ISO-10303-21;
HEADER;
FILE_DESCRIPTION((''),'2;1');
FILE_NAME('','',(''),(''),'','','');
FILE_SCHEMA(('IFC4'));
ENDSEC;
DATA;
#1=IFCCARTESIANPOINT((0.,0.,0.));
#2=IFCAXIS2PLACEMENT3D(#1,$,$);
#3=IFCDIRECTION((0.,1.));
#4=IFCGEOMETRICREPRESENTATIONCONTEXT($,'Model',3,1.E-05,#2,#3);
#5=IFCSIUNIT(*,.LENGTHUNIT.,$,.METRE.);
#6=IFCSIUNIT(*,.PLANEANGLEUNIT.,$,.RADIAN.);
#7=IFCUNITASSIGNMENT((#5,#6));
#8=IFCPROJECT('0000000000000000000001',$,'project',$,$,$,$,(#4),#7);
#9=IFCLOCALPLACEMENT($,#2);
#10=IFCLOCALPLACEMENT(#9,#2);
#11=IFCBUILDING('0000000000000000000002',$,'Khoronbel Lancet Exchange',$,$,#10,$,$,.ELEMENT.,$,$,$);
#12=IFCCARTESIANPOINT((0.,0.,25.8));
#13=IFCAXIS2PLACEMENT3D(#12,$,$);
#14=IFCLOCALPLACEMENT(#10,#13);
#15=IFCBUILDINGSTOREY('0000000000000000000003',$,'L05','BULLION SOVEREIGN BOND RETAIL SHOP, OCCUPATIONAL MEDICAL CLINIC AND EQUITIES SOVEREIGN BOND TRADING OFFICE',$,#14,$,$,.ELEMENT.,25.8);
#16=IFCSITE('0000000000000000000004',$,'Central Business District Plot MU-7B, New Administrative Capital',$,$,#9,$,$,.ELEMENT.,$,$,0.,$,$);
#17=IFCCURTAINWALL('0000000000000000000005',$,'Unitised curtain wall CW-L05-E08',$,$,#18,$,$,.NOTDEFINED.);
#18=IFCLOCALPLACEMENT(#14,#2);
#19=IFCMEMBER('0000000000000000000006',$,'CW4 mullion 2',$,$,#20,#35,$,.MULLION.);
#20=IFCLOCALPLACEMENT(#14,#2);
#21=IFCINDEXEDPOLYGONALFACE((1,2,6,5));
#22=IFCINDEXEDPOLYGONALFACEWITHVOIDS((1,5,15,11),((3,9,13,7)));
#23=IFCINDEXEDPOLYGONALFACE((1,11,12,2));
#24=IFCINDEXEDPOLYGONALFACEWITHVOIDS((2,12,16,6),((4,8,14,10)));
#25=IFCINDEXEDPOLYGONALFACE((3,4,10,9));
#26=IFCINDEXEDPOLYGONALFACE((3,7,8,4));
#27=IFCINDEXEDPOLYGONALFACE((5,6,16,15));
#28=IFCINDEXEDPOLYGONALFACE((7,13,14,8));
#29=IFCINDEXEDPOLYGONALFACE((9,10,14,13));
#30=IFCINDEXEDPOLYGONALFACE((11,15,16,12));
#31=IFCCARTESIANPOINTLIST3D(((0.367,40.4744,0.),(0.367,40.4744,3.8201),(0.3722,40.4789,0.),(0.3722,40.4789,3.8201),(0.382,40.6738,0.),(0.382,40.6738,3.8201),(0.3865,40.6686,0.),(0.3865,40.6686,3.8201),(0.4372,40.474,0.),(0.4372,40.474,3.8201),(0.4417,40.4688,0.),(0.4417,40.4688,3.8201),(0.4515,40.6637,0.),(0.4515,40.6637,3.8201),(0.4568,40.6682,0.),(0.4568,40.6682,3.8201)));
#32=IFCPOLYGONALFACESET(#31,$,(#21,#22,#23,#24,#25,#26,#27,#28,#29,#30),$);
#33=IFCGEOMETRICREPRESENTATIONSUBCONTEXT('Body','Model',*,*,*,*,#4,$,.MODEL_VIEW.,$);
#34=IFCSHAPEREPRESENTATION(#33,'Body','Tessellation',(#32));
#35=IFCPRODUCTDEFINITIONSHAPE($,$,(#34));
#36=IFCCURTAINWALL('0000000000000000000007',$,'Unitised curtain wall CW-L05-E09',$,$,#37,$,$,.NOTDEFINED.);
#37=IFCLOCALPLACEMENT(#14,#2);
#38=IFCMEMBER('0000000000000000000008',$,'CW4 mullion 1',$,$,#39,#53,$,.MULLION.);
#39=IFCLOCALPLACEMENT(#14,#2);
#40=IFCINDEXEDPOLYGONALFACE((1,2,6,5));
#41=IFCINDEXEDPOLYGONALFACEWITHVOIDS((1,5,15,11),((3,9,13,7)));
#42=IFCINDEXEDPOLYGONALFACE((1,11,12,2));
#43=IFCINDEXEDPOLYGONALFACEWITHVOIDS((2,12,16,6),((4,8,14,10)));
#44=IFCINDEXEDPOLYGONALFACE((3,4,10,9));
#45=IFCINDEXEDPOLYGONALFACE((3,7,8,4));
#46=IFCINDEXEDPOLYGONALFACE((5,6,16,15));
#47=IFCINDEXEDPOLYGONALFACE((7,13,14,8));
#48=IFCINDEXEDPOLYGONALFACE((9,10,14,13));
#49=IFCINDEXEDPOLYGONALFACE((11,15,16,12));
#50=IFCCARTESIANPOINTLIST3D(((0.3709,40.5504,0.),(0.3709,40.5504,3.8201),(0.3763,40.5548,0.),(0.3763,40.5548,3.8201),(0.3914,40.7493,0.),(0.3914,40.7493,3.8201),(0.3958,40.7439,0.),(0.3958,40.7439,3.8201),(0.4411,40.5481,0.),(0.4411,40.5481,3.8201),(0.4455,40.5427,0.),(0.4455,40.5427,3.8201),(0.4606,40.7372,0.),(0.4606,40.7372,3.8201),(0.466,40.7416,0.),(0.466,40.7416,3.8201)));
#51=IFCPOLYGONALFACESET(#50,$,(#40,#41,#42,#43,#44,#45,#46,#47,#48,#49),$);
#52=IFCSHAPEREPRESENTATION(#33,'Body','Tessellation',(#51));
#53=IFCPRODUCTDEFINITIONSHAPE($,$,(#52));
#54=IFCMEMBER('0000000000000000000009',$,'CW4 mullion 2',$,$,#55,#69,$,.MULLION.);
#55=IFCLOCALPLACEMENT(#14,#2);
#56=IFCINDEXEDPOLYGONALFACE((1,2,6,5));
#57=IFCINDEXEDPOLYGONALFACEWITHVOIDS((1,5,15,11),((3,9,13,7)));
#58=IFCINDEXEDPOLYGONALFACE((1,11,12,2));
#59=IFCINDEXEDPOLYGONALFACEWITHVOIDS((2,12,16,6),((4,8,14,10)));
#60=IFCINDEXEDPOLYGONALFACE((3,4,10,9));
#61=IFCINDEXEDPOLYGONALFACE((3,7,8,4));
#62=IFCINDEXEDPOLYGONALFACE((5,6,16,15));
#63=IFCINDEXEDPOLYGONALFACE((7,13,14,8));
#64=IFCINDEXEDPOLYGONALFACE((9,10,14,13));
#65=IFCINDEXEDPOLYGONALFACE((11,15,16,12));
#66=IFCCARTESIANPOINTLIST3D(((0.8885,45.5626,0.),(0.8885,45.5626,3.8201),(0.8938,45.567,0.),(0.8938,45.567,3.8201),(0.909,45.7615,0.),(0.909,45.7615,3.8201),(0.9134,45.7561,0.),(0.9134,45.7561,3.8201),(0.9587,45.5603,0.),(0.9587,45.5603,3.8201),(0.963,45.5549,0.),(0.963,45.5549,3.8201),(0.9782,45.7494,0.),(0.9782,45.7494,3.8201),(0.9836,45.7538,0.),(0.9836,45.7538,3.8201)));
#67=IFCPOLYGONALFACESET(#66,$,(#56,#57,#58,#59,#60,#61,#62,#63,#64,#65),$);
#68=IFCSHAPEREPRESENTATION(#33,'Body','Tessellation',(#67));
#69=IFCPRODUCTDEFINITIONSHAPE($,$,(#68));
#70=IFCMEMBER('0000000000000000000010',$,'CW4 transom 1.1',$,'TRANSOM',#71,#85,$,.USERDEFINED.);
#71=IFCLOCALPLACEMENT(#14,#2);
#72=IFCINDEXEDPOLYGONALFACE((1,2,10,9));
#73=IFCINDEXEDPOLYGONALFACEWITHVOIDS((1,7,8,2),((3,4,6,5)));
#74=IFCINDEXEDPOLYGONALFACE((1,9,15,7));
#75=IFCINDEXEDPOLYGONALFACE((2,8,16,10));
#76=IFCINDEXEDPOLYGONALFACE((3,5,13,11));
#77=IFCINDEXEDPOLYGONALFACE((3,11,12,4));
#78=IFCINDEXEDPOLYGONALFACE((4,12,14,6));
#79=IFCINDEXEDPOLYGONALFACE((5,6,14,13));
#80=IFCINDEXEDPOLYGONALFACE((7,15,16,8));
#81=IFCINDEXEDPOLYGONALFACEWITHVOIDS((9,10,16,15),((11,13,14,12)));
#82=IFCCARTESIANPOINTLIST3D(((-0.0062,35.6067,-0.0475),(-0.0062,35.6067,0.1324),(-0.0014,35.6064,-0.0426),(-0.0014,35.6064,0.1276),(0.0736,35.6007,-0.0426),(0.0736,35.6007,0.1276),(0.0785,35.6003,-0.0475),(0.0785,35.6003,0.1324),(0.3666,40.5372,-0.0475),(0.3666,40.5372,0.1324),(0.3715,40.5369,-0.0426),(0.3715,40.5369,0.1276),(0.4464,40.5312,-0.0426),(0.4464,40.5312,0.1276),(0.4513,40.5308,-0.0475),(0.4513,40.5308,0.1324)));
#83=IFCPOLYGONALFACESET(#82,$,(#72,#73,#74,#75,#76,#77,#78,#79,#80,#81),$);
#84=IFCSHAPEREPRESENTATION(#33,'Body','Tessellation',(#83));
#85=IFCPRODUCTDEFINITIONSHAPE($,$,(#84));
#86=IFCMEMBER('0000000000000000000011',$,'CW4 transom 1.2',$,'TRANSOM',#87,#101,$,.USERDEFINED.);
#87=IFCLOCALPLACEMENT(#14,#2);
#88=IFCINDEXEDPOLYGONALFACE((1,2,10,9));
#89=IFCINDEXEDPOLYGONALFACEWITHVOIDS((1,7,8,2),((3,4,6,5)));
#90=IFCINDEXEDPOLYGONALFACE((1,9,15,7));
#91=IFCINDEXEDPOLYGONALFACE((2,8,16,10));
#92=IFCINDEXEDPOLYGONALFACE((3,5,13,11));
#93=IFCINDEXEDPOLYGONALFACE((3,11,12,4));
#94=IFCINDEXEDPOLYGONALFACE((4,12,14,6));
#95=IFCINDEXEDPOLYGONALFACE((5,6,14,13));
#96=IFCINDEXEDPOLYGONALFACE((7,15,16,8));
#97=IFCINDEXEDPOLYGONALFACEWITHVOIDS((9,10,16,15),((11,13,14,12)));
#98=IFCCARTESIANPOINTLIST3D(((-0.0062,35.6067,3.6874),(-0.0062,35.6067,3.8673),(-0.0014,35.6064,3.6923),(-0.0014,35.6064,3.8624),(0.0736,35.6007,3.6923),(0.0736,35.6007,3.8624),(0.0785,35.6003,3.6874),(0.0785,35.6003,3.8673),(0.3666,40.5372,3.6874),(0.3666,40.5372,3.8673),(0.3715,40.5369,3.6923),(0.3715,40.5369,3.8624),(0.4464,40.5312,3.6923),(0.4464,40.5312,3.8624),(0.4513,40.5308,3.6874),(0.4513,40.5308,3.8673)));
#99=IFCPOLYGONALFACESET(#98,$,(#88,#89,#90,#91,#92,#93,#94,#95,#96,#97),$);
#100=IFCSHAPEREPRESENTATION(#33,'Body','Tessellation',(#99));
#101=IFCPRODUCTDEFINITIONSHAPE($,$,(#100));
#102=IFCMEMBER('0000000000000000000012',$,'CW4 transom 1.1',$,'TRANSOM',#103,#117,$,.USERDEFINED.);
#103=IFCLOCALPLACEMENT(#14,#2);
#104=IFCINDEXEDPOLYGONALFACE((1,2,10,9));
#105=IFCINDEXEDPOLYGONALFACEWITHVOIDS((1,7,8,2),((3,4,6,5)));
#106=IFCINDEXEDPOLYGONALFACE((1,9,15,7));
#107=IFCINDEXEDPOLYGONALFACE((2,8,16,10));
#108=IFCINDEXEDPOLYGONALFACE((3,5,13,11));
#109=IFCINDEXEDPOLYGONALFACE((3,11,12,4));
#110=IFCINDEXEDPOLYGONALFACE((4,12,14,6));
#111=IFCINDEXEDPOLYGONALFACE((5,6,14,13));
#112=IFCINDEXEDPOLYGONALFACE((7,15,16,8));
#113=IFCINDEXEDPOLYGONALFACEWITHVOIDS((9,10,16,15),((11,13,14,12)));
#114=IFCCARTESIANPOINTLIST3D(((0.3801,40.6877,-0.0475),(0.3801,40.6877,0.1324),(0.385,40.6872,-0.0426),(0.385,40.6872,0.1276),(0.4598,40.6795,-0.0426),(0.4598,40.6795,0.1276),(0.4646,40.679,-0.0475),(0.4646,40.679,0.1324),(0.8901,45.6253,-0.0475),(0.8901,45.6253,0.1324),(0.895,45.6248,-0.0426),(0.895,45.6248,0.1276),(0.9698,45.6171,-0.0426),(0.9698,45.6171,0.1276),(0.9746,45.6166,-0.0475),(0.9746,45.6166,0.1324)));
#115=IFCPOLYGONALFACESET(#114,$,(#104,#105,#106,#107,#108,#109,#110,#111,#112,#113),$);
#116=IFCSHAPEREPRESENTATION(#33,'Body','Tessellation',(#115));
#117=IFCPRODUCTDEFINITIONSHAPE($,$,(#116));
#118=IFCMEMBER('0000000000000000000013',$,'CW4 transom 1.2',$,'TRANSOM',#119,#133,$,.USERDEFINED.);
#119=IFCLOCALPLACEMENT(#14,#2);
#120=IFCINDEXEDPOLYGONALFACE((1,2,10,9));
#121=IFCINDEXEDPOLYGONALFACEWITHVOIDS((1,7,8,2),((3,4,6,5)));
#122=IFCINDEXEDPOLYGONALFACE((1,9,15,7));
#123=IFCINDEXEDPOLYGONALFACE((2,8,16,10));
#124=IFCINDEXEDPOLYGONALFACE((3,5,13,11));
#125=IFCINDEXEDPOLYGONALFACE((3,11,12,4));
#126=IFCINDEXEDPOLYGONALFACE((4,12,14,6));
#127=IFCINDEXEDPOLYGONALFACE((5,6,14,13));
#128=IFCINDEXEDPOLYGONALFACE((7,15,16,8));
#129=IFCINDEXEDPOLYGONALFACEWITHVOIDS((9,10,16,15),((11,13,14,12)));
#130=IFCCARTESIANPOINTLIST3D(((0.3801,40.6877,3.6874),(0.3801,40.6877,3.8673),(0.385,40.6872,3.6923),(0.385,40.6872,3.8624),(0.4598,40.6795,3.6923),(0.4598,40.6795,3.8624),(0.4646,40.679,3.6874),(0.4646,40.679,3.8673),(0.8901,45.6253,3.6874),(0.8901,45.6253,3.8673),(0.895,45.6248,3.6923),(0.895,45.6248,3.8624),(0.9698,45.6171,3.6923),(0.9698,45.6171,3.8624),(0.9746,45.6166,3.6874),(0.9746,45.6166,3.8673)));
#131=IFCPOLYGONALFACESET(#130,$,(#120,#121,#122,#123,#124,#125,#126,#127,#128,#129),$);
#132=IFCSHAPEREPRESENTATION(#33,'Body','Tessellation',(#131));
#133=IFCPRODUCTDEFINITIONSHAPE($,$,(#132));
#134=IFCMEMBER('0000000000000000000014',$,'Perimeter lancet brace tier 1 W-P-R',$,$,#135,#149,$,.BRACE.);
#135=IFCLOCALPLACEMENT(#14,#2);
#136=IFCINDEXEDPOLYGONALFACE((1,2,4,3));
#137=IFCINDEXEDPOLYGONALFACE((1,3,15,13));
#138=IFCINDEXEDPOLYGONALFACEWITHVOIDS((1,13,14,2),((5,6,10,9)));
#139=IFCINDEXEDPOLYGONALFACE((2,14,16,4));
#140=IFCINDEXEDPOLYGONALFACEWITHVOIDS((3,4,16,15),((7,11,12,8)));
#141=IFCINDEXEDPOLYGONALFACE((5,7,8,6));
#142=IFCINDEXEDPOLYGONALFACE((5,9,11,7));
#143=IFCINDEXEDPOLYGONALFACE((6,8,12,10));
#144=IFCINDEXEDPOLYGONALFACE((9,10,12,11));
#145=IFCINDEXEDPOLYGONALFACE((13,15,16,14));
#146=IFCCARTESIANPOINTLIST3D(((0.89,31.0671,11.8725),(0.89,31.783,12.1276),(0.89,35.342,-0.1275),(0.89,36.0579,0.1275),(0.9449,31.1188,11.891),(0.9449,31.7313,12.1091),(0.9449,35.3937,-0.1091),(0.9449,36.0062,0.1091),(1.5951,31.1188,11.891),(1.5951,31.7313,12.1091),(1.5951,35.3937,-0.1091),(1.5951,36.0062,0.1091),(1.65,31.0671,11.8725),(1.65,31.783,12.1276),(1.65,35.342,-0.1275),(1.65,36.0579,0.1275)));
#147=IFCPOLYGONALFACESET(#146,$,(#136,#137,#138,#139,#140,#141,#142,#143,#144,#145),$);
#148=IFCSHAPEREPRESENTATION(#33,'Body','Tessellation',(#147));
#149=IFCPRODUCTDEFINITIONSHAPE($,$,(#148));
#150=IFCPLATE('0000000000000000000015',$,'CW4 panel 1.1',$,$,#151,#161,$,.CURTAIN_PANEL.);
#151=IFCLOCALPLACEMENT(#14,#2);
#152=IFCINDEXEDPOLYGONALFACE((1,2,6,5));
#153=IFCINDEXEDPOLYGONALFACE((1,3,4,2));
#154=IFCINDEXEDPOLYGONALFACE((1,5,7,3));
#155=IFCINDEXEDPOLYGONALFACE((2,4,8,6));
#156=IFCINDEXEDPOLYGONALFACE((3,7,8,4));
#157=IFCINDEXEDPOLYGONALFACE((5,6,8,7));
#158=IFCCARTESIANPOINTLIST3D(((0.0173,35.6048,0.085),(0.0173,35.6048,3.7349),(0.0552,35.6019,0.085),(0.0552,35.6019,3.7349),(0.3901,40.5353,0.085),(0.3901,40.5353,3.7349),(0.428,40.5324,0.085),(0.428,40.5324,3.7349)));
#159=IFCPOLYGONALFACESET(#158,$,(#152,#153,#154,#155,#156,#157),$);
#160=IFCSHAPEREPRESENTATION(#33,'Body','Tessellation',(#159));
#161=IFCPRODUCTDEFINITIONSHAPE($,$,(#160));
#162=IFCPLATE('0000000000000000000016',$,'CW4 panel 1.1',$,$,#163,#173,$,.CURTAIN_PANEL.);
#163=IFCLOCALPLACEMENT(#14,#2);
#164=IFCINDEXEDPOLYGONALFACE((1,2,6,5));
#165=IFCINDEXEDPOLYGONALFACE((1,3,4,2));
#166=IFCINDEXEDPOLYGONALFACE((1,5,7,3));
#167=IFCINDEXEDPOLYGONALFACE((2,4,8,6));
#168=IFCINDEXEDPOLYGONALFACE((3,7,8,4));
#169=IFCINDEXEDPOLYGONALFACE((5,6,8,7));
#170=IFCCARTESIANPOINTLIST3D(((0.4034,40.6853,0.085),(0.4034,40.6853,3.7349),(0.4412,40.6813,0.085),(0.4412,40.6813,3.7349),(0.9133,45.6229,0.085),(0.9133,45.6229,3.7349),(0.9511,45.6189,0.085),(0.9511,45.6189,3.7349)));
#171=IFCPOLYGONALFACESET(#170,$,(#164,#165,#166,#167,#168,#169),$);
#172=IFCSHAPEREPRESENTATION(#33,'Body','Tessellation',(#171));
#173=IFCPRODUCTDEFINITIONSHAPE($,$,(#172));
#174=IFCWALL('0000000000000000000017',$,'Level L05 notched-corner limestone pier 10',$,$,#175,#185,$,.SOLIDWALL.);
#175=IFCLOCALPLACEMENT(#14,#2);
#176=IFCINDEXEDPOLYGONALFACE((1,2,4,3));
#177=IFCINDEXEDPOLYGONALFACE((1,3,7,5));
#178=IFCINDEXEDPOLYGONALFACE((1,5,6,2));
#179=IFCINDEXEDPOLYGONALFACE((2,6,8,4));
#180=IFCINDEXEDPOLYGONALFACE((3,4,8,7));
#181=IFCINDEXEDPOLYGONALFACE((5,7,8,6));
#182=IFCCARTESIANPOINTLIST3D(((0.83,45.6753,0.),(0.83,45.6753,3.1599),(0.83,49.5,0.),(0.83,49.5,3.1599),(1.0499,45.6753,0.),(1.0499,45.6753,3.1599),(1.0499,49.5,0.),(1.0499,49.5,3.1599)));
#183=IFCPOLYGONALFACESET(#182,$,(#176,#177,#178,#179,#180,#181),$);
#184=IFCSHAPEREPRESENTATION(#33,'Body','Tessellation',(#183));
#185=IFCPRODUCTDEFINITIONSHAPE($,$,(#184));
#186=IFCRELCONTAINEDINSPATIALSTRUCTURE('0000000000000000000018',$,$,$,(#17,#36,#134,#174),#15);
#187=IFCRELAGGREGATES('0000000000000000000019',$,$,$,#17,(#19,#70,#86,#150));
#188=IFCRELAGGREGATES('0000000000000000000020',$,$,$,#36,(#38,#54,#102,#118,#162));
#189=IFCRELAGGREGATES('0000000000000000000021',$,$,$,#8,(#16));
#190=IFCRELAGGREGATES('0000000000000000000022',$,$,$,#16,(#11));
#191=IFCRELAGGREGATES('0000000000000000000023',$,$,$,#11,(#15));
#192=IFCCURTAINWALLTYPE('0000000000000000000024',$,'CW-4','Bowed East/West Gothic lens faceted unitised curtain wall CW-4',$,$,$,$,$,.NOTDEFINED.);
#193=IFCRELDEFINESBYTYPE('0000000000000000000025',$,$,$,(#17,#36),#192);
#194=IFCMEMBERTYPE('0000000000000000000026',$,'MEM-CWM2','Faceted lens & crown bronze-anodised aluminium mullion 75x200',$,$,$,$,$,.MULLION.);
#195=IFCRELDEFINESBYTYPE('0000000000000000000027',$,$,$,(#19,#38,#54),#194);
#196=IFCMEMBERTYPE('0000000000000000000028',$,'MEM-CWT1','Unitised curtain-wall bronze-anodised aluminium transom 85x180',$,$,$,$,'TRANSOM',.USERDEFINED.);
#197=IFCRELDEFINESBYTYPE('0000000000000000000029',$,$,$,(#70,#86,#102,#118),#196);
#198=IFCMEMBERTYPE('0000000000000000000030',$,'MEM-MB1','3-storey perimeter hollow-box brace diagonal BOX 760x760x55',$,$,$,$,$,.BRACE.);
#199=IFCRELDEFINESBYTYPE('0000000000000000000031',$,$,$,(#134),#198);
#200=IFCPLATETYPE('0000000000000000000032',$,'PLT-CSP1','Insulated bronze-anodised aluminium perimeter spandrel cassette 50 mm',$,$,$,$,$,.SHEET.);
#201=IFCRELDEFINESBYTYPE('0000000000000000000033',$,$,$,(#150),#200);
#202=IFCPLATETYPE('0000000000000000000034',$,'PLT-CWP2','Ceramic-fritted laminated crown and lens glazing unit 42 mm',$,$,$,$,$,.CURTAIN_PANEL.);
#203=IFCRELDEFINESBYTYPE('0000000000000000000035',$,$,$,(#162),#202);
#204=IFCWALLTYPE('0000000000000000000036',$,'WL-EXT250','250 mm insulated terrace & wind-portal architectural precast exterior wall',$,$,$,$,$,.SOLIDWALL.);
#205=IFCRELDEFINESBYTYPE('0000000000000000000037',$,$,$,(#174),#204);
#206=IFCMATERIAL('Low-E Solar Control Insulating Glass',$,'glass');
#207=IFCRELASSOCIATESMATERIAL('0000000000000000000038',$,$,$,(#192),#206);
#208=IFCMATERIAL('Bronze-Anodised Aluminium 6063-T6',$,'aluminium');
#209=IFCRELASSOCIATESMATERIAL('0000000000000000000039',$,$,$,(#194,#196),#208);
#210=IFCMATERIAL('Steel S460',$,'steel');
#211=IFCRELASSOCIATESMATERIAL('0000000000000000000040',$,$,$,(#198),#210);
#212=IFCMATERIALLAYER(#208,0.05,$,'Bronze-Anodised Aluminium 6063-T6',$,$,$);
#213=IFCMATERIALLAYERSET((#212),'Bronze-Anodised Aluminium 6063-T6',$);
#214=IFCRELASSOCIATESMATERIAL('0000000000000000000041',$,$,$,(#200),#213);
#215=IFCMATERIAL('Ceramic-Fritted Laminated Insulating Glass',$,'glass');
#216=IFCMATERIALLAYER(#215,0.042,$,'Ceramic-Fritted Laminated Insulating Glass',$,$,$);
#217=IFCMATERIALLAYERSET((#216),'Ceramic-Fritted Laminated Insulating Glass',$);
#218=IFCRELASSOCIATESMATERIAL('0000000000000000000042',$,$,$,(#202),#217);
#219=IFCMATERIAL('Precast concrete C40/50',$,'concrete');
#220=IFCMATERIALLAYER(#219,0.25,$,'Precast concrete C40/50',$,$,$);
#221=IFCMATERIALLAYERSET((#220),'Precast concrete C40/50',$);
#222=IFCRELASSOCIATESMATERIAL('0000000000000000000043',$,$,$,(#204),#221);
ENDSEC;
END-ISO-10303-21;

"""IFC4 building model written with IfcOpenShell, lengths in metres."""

from ifc_helpers import new_model, si_unit, direction, frame, frame_2d, origin, origin_2d, place, context, subcontext, project, spatial, rectangle, hollow_rectangle, extrude, material, layer, layer_set, material_profile, profile_set, type_object, element, aggregate, save


model = new_model("IFC4")

# Units and contexts
model_context = context("Model", 3, precision=1e-05, world=origin(), true_north=direction((0.0, 1.0)))
body_context = subcontext(model_context, "Body", "Model", "MODEL_VIEW")
ifc_project = project(units=[si_unit("LENGTHUNIT", "METRE"), si_unit("PLANEANGLEUNIT", "RADIAN")], contexts=[model_context])

# Site, building, storey
site_placement = place(None, origin())
site = spatial("IfcSite", under=ifc_project, at=site_placement, Name="Central Business District Plot MU-7B, New Administrative Capital", CompositionType="ELEMENT", RefElevation=0.0)
building_placement = place(site_placement, origin())
building = spatial("IfcBuilding", under=site, at=building_placement, Name="Khoronbel Lancet Exchange", CompositionType="ELEMENT")
storey_placement = place(building_placement, frame((0.0, 0.0, 25.8)))
storey = spatial("IfcBuildingStorey", under=building, at=storey_placement, Name="L05", Description="BULLION SOVEREIGN BOND RETAIL SHOP, OCCUPATIONAL MEDICAL CLINIC AND EQUITIES SOVEREIGN BOND TRADING OFFICE", CompositionType="ELEMENT", Elevation=25.8)

# Shared definitions
ifc_material_1 = material(Name="Steel S460", Category="steel")

# Curtain wall, member
ifc_material_2 = material(Name="Low-E Solar Control Insulating Glass", Category="glass")
curtain_wall_type = type_object("IfcCurtainWallType", Name="CW-4", Description="Bowed East/West Gothic lens faceted unitised curtain wall CW-4", PredefinedType="NOTDEFINED", material=ifc_material_2)
curtain_wall_1_placement = place(storey_placement, origin())
curtain_wall_1 = element("IfcCurtainWall", 1, at=curtain_wall_1_placement, inside=storey, type_object=curtain_wall_type, Name="Unitised curtain wall CW-L05-E08", PredefinedType="NOTDEFINED")
ifc_material_3 = material(Name="Bronze-Anodised Aluminium 6063-T6", Category="aluminium")
ifc_material_profile_1 = material_profile(ifc_material_3, hollow_rectangle(XDim=0.075, YDim=0.2, WallThickness=0.0049, at=origin_2d()), Name="ALU MULLION 75x200")
ifc_profile_set_1 = profile_set([ifc_material_profile_1], Name="Bronze-Anodised Aluminium 6063-T6")
member_type_1 = type_object("IfcMemberType", Name="MEM-CWM2", Description="Faceted lens & crown bronze-anodised aluminium mullion 75x200", PredefinedType="MULLION", material=ifc_profile_set_1)
member_1_placement = place(storey_placement, frame((0.4119, 40.5713, 0.0), z_axis=(0.0, 0.0, 1.0), x_axis=(-0.997154, 0.075395, 0.0)))
member_1 = element("IfcMember", 2, at=member_1_placement, type_object=member_type_1, Name="CW4 mullion 2", PredefinedType="MULLION", context=body_context, shape_type="SweptSolid", body=[
    extrude(hollow_rectangle(XDim=0.075, YDim=0.2, WallThickness=0.0049, at=origin_2d()), origin(), (0.0, 0.0, 1.0), 3.8201),
])

# Curtain wall, members
curtain_wall_2_placement = place(storey_placement, origin())
curtain_wall_2 = element("IfcCurtainWall", 3, at=curtain_wall_2_placement, inside=storey, type_object=curtain_wall_type, Name="Unitised curtain wall CW-L05-E09", PredefinedType="NOTDEFINED")
member_2_placement = place(storey_placement, frame((0.4185, 40.646, 0.0), z_axis=(0.0, 0.0, 1.0), x_axis=(-0.99471, 0.102723, 0.0)))
member_2 = element("IfcMember", 4, at=member_2_placement, type_object=member_type_1, Name="CW4 mullion 1", PredefinedType="MULLION", context=body_context, shape_type="SweptSolid", body=[
    extrude(hollow_rectangle(XDim=0.075, YDim=0.2, WallThickness=0.0049, at=origin_2d()), origin(), (0.0, 0.0, 1.0), 3.8201),
])
member_3_placement = place(storey_placement, frame((0.936, 45.6582, 0.0), z_axis=(0.0, 0.0, 1.0), x_axis=(-0.99471, 0.102723, 0.0)))
member_3 = element("IfcMember", 5, at=member_3_placement, type_object=member_type_1, Name="CW4 mullion 2", PredefinedType="MULLION", context=body_context, shape_type="SweptSolid", body=[
    extrude(hollow_rectangle(XDim=0.075, YDim=0.2, WallThickness=0.0049, at=origin_2d()), origin(), (0.0, 0.0, 1.0), 3.8201),
])

# Members
ifc_material_profile_2 = material_profile(ifc_material_3, hollow_rectangle(XDim=0.085, YDim=0.1799, WallThickness=0.0049, at=origin_2d()), Name="ALU TRANSOM 85x180")
ifc_profile_set_2 = profile_set([ifc_material_profile_2], Name="Bronze-Anodised Aluminium 6063-T6")
member_type_2 = type_object("IfcMemberType", Name="MEM-CWT1", Description="Unitised curtain-wall bronze-anodised aluminium transom 85x180", ElementType="TRANSOM", PredefinedType="USERDEFINED", material=ifc_profile_set_2)
member_4_placement = place(storey_placement, frame((0.0361, 35.6035, 0.0425), z_axis=(0.075398, 0.997154, 0.0), x_axis=(-0.997154, 0.075398, 0.0)))
member_4 = element("IfcMember", 6, at=member_4_placement, type_object=member_type_2, Name="CW4 transom 1.1", ObjectType="TRANSOM", PredefinedType="USERDEFINED", context=body_context, shape_type="SweptSolid", body=[
    extrude(hollow_rectangle(XDim=0.085, YDim=0.1799, WallThickness=0.0049, at=origin_2d()), origin(), (0.0, 0.0, 1.0), 4.9446),
])
member_5_placement = place(storey_placement, frame((0.0361, 35.6035, 3.7773), z_axis=(0.075398, 0.997154, 0.0), x_axis=(-0.997154, 0.075398, 0.0)))
member_5 = element("IfcMember", 7, at=member_5_placement, type_object=member_type_2, Name="CW4 transom 1.2", ObjectType="TRANSOM", PredefinedType="USERDEFINED", context=body_context, shape_type="SweptSolid", body=[
    extrude(hollow_rectangle(XDim=0.085, YDim=0.1799, WallThickness=0.0049, at=origin_2d()), origin(), (0.0, 0.0, 1.0), 4.9446),
])
member_6_placement = place(storey_placement, frame((0.4224, 40.6833, 0.0425), z_axis=(0.102746, 0.994708, 0.0), x_axis=(-0.994708, 0.102746, 0.0)))
member_6 = element("IfcMember", 8, at=member_6_placement, type_object=member_type_2, Name="CW4 transom 1.1", ObjectType="TRANSOM", PredefinedType="USERDEFINED", context=body_context, shape_type="SweptSolid", body=[
    extrude(hollow_rectangle(XDim=0.085, YDim=0.1799, WallThickness=0.0049, at=origin_2d()), origin(), (0.0, 0.0, 1.0), 4.9639),
])
member_7_placement = place(storey_placement, frame((0.4224, 40.6833, 3.7773), z_axis=(0.102746, 0.994708, 0.0), x_axis=(-0.994708, 0.102746, 0.0)))
member_7 = element("IfcMember", 9, at=member_7_placement, type_object=member_type_2, Name="CW4 transom 1.2", ObjectType="TRANSOM", PredefinedType="USERDEFINED", context=body_context, shape_type="SweptSolid", body=[
    extrude(hollow_rectangle(XDim=0.085, YDim=0.1799, WallThickness=0.0049, at=origin_2d()), origin(), (0.0, 0.0, 1.0), 4.9639),
])
ifc_material_profile_3 = material_profile(ifc_material_1, hollow_rectangle(XDim=0.76, YDim=0.76, WallThickness=0.0549, at=origin_2d()), Name="BOX 760x760x55")
ifc_profile_set_3 = profile_set([ifc_material_profile_3], Name="Steel S460")
member_type_3 = type_object("IfcMemberType", Name="MEM-MB1", Description="3-storey perimeter hollow-box brace diagonal BOX 760x760x55", PredefinedType="BRACE", material=ifc_profile_set_3)
member_8_placement = place(storey_placement, frame((1.27, 35.7, 0.0), z_axis=(0.0, -0.335584, 0.94201), x_axis=(1.0, 0.0, 0.0)))
element("IfcMember", 10, at=member_8_placement, inside=storey, type_object=member_type_3, Name="Perimeter lancet brace tier 1 W-P-R", PredefinedType="BRACE", context=body_context, shape_type="SweptSolid", body=[
    extrude(hollow_rectangle(XDim=0.76, YDim=0.76, WallThickness=0.0549, at=origin_2d()), origin(), (0.0, 0.0, 1.0), 12.7388),
])

# Plates
ifc_layer_1 = layer(ifc_material_3, 0.05, Name="Bronze-Anodised Aluminium 6063-T6")
ifc_layer_set_1 = layer_set([ifc_layer_1], Name="Bronze-Anodised Aluminium 6063-T6")
plate_type_1 = type_object("IfcPlateType", Name="PLT-CSP1", Description="Insulated bronze-anodised aluminium perimeter spandrel cassette 50 mm", PredefinedType="SHEET", material=ifc_layer_set_1)
plate_1_placement = place(storey_placement, frame((0.2227, 38.0686, 0.085), z_axis=(0.0, 0.0, 1.0), x_axis=(0.075395, 0.997154, 0.0)))
plate_1 = element("IfcPlate", 11, at=plate_1_placement, type_object=plate_type_1, Name="CW4 panel 1.1", PredefinedType="CURTAIN_PANEL", context=body_context, shape_type="SweptSolid", body=[
    extrude(rectangle(XDim=4.9446, YDim=0.0381, at=origin_2d()), origin(), (0.0, 0.0, 1.0), 3.6499),
])
aggregate(curtain_wall_1, [member_1, member_4, member_5, plate_1])
ifc_material_4 = material(Name="Ceramic-Fritted Laminated Insulating Glass", Category="glass")
ifc_layer_2 = layer(ifc_material_4, 0.042, Name="Ceramic-Fritted Laminated Insulating Glass")
ifc_layer_set_2 = layer_set([ifc_layer_2], Name="Ceramic-Fritted Laminated Insulating Glass")
plate_type_2 = type_object("IfcPlateType", Name="PLT-CWP2", Description="Ceramic-fritted laminated crown and lens glazing unit 42 mm", PredefinedType="CURTAIN_PANEL", material=ifc_layer_set_2)
plate_2_placement = place(storey_placement, frame((0.6772, 43.1521, 0.085), z_axis=(0.0, 0.0, 1.0), x_axis=(0.102723, 0.99471, 0.0)))
plate_2 = element("IfcPlate", 12, at=plate_2_placement, type_object=plate_type_2, Name="CW4 panel 1.1", PredefinedType="CURTAIN_PANEL", context=body_context, shape_type="SweptSolid", body=[
    extrude(rectangle(XDim=4.9639, YDim=0.0381, at=origin_2d()), origin(), (0.0, 0.0, 1.0), 3.6499),
])
aggregate(curtain_wall_2, [member_2, member_3, member_6, member_7, plate_2])

# Wall
ifc_material_5 = material(Name="Precast concrete C40/50", Category="concrete")
ifc_layer_3 = layer(ifc_material_5, 0.25, Name="Precast concrete C40/50")
ifc_layer_set_3 = layer_set([ifc_layer_3], Name="Precast concrete C40/50")
wall_type_1 = type_object("IfcWallType", Name="WL-EXT250", Description="250 mm insulated terrace & wind-portal architectural precast exterior wall", PredefinedType="SOLIDWALL", material=ifc_layer_set_3)
wall_1_placement = place(storey_placement, frame((0.9399, 45.6753, 0.0), z_axis=(0.0, 0.0, 1.0), x_axis=(0.0, 1.0, 0.0)))
element("IfcWall", 13, at=wall_1_placement, inside=storey, type_object=wall_type_1, Name="Level L05 notched-corner limestone pier 10", PredefinedType="SOLIDWALL", context=body_context, shape_type="SweptSolid", body=[
    extrude(rectangle(XDim=3.8247, YDim=0.22, at=frame_2d((1.9124, 0.0))), origin(), (0.0, 0.0, 1.0), 3.1599),
])

save(model, "model.ifc")
